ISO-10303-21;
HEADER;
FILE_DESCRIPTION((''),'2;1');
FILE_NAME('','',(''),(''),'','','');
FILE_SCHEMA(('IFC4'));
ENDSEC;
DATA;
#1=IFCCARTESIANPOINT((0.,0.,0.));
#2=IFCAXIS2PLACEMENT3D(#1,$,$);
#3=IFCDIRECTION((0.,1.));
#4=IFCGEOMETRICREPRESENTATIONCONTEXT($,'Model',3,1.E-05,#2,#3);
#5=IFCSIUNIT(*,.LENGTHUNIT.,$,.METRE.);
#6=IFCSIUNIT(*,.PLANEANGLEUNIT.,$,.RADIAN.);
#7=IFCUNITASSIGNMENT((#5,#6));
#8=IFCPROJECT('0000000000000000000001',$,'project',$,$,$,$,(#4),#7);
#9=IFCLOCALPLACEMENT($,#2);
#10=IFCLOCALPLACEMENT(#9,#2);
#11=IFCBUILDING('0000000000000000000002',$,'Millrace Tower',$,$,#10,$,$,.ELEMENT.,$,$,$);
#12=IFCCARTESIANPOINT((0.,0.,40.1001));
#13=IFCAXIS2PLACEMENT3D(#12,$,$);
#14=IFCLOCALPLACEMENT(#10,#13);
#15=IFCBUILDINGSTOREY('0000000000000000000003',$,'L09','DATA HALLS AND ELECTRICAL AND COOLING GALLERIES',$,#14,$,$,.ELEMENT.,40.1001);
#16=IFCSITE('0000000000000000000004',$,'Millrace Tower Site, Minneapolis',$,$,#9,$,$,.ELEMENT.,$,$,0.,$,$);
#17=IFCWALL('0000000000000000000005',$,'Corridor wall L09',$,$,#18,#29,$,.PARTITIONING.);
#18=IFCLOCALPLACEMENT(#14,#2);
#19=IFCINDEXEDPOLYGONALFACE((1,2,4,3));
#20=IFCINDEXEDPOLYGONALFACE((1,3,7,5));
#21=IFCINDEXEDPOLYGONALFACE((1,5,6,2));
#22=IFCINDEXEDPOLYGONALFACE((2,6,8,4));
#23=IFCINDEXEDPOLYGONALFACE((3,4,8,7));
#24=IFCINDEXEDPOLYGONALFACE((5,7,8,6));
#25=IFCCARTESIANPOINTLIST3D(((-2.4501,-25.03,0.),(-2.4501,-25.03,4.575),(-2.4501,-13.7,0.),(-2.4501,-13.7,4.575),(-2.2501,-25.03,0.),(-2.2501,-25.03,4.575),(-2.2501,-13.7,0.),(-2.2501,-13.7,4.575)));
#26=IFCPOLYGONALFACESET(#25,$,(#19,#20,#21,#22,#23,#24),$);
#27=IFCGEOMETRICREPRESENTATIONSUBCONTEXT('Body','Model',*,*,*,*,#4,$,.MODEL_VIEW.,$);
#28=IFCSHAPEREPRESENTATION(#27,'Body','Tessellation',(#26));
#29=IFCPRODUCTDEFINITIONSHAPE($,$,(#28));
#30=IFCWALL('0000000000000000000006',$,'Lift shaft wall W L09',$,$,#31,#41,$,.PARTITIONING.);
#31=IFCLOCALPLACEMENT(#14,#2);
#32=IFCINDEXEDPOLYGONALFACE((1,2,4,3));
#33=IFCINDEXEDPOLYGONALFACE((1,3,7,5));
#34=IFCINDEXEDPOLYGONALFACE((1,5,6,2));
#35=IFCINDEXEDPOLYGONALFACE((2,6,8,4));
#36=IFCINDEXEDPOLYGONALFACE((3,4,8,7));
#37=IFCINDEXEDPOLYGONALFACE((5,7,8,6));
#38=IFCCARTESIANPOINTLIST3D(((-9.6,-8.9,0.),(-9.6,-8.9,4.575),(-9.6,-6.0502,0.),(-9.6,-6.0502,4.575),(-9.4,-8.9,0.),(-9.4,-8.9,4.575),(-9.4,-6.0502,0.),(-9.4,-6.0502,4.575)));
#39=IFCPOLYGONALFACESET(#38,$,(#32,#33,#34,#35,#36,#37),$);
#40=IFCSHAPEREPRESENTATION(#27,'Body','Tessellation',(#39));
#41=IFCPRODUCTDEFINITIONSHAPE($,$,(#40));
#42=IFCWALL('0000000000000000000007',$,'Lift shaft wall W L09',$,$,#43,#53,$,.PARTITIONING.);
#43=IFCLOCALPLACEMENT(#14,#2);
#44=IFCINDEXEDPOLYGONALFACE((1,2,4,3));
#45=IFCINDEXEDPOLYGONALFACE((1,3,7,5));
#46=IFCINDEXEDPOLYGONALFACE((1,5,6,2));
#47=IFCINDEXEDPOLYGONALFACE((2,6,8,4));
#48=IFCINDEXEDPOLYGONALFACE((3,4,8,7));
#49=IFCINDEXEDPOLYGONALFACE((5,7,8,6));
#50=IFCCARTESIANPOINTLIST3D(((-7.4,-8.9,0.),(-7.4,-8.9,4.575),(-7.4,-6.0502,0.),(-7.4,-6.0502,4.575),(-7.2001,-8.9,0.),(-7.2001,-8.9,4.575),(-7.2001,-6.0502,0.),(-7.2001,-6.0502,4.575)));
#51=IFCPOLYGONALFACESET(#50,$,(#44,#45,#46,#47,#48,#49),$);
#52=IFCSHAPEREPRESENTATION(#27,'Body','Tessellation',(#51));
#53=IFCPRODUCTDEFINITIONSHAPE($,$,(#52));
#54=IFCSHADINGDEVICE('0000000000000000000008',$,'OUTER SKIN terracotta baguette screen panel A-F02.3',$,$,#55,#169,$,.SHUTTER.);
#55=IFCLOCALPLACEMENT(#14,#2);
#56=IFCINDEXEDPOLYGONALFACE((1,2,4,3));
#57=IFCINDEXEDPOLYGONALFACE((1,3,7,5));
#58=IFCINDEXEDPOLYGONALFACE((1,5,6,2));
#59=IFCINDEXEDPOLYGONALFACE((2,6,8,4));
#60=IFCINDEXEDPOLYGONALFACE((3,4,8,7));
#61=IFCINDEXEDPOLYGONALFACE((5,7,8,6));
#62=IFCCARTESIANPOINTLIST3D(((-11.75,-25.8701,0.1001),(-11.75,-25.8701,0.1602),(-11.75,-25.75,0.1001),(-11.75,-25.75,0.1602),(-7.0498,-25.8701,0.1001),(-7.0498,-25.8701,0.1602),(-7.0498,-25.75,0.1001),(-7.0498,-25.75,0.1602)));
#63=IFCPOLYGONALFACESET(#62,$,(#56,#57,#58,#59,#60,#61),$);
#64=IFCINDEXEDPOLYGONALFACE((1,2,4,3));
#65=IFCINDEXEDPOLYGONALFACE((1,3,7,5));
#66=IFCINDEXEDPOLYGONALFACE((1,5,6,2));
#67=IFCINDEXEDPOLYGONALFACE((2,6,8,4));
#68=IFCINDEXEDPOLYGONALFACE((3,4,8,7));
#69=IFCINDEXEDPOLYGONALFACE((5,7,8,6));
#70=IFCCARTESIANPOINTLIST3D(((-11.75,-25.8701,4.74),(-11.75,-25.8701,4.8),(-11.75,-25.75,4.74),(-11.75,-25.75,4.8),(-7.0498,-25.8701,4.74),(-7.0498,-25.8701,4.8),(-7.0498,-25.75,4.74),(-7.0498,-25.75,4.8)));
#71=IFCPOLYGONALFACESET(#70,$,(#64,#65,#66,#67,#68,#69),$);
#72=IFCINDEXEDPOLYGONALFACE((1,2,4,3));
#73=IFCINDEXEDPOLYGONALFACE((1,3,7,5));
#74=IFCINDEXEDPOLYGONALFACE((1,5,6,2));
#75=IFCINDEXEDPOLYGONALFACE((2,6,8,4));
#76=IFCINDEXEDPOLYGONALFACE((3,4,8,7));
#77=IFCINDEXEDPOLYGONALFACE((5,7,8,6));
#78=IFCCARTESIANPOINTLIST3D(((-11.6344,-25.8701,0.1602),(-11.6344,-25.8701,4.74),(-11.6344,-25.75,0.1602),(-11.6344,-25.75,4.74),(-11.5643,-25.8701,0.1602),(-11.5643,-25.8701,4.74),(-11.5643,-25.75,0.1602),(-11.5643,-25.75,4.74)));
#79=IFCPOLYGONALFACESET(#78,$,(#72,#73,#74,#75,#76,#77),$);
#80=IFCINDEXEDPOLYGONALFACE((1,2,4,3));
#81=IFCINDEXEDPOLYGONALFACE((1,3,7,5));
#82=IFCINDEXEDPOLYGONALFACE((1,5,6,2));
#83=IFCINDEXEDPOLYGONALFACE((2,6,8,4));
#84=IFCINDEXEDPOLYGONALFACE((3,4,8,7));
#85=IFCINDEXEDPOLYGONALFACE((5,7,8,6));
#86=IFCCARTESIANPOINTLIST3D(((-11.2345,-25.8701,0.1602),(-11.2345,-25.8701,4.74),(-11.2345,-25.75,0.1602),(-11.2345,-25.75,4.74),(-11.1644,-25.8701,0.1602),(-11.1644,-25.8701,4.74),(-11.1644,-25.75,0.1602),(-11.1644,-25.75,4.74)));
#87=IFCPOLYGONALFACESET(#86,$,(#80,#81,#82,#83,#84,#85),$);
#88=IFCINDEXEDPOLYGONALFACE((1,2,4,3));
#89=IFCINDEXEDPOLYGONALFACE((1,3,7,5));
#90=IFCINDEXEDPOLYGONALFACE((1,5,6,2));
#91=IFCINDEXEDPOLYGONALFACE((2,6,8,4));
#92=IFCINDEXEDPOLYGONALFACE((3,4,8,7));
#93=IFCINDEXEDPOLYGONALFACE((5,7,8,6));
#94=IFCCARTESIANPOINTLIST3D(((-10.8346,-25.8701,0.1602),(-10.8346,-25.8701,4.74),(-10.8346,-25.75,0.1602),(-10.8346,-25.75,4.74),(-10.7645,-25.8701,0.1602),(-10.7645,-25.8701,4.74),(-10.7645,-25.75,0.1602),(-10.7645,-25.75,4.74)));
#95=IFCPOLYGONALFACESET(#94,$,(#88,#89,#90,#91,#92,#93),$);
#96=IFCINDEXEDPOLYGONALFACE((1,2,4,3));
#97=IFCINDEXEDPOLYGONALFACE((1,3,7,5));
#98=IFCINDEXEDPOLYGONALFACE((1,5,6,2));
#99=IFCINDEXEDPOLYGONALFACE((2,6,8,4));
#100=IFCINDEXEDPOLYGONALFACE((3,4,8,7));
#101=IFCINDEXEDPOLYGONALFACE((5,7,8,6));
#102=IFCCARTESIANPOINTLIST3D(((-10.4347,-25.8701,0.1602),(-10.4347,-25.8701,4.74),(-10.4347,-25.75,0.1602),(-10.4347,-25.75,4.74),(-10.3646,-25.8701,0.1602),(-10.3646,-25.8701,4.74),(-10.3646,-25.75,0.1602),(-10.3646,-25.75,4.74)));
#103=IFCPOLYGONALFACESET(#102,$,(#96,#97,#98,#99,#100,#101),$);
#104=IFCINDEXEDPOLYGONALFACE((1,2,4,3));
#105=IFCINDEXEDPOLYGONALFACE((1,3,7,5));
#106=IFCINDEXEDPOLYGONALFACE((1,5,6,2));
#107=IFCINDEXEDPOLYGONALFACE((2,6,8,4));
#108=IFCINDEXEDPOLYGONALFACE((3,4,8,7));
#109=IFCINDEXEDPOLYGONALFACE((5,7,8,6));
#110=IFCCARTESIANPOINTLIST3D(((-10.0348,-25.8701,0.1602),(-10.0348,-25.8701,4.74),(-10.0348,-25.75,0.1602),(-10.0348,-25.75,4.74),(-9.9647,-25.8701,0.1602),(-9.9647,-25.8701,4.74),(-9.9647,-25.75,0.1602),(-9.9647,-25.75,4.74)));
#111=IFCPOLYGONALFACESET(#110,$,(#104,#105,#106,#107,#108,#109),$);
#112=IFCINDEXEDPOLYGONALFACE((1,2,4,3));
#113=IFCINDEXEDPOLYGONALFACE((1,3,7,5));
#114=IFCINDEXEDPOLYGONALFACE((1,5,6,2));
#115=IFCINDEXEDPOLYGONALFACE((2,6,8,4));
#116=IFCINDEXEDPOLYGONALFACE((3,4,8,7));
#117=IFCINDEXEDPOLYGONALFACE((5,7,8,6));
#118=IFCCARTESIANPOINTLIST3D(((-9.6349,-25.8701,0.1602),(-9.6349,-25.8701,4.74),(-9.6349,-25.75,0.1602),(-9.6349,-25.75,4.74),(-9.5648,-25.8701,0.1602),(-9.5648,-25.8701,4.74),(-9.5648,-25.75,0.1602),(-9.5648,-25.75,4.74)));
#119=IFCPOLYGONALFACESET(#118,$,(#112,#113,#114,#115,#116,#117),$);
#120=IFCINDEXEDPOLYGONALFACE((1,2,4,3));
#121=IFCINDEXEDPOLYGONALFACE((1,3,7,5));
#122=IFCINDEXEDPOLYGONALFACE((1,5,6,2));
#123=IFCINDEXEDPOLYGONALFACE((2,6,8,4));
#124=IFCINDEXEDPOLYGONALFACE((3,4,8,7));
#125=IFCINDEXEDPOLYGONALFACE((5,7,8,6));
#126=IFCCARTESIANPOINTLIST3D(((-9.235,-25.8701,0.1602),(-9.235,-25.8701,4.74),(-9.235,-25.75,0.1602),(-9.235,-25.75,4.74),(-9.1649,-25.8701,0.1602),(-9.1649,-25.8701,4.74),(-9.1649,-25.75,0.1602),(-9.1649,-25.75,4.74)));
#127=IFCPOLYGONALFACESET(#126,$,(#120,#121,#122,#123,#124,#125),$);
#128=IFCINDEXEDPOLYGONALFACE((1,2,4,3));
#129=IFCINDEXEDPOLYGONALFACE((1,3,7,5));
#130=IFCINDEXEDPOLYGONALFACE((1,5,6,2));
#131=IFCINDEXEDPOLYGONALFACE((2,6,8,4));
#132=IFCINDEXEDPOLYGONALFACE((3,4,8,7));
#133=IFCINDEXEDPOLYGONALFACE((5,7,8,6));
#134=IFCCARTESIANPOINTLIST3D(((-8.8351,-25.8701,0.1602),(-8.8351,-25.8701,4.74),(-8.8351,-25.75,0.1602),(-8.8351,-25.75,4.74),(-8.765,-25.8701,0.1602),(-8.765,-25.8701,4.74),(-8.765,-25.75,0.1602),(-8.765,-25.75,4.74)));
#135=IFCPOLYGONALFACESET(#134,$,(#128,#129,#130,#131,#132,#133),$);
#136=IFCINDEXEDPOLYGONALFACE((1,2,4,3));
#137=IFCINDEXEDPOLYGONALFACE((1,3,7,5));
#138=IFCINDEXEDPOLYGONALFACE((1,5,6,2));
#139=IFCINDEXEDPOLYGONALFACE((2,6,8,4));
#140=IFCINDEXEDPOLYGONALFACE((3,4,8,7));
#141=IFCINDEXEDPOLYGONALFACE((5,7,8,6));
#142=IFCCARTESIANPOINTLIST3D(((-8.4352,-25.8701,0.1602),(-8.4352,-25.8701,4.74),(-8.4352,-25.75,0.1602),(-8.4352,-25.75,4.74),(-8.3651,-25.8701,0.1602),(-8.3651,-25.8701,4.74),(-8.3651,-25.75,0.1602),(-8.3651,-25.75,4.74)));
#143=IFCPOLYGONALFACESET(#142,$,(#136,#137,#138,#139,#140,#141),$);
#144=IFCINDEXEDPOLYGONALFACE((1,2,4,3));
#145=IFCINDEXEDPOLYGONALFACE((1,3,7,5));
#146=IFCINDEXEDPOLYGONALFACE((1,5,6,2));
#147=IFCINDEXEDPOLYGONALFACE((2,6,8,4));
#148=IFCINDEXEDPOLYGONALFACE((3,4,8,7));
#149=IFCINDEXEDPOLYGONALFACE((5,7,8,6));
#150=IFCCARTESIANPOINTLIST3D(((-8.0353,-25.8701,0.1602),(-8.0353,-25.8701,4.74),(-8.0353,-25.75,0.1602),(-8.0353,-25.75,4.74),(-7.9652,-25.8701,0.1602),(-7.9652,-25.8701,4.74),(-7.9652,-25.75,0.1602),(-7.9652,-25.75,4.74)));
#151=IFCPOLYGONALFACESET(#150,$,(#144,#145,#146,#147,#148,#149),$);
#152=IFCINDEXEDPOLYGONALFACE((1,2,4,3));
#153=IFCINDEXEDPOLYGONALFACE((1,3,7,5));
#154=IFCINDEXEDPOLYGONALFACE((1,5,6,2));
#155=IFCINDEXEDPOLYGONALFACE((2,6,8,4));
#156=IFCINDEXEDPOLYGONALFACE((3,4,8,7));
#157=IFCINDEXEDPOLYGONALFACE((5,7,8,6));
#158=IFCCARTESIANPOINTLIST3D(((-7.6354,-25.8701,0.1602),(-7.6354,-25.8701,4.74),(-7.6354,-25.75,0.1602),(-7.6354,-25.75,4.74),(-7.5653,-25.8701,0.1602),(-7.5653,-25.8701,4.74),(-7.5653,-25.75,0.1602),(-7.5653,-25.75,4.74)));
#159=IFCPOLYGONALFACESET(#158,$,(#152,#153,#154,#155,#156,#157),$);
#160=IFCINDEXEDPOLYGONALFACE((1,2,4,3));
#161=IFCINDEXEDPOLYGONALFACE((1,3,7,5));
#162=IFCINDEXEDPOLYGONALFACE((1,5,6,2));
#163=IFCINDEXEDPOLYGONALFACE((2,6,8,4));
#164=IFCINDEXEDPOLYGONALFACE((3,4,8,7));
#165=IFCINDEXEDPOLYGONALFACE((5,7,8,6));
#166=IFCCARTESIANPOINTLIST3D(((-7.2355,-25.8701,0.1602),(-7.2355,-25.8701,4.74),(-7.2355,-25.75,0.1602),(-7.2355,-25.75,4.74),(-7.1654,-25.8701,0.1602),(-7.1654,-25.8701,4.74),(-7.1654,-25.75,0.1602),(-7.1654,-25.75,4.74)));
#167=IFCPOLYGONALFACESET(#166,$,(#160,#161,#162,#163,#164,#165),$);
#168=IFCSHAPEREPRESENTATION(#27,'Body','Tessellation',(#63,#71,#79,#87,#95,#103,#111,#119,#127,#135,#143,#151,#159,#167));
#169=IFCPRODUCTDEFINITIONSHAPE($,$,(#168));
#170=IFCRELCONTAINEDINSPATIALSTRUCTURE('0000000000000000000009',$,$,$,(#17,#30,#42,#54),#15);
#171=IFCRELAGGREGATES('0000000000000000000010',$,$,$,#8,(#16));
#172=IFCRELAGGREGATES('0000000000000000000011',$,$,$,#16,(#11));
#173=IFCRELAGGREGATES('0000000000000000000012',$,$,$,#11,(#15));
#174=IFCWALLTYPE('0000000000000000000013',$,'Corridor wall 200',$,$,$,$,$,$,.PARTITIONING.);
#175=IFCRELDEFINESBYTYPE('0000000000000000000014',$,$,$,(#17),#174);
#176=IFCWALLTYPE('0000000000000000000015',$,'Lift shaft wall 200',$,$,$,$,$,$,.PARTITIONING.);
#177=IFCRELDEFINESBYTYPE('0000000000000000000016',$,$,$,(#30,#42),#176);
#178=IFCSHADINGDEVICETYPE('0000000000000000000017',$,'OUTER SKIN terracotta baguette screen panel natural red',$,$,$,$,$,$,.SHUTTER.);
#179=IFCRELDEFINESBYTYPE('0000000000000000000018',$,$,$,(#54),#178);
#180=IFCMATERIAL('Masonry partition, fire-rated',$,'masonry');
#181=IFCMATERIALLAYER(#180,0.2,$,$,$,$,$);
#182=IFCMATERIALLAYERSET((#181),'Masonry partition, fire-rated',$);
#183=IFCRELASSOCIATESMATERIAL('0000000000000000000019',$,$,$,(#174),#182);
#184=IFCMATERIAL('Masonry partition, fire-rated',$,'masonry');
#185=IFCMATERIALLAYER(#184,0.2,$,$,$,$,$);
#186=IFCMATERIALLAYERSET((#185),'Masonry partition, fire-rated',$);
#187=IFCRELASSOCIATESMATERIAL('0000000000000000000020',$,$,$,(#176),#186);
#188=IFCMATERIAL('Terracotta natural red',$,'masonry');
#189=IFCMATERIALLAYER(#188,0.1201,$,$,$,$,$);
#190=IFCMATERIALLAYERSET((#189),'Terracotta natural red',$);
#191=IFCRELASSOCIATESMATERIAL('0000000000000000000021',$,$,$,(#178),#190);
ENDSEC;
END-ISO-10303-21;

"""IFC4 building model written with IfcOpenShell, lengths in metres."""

from ifc_helpers import new_model, entity, si_unit, direction, frame, frame_2d, origin, place, context, subcontext, project, spatial, rectangle, extrude, source, transform, mapped, material, layer, layer_set, type_object, element, save


model = new_model("IFC4")

# Units and contexts
model_context = context("Model", 3, precision=1e-05, world=origin(), true_north=direction((0.0, 1.0)))
body_context = subcontext(model_context, "Body", "Model", "MODEL_VIEW")
ifc_project = project(units=[si_unit("LENGTHUNIT", "METRE"), si_unit("PLANEANGLEUNIT", "RADIAN")], contexts=[model_context])

# Site, building, storey
site_placement = place(None, origin())
site = spatial("IfcSite", under=ifc_project, at=site_placement, Name="Millrace Tower Site, Minneapolis", CompositionType="ELEMENT", RefElevation=0.0)
building_placement = place(site_placement, origin())
building = spatial("IfcBuilding", under=site, at=building_placement, Name="Millrace Tower", CompositionType="ELEMENT")
storey_placement = place(building_placement, frame((0.0, 0.0, 40.1001)))
storey = spatial("IfcBuildingStorey", under=building, at=storey_placement, Name="L09", Description="DATA HALLS AND ELECTRICAL AND COOLING GALLERIES", CompositionType="ELEMENT", Elevation=40.1001)

# Walls
ifc_material_1 = material(Name="Masonry partition, fire-rated", Category="masonry")
ifc_layer_1 = layer(ifc_material_1, 0.2)
ifc_layer_set_1 = layer_set([ifc_layer_1], Name="Masonry partition, fire-rated")
wall_type_1 = type_object("IfcWallType", Name="Corridor wall 200", PredefinedType="PARTITIONING", material=ifc_layer_set_1)
wall_1_placement = place(storey_placement, frame((-2.3501, -25.03, 0.0), z_axis=(0.0, 0.0, 1.0), x_axis=(0.0, 1.0, 0.0)))
element("IfcWall", 1, at=wall_1_placement, inside=storey, type_object=wall_type_1, Name="Corridor wall L09", PredefinedType="PARTITIONING", context=body_context, shape_type="SweptSolid", body=[
    extrude(rectangle(XDim=11.3301, YDim=0.2, at=frame_2d((5.665, 0.0))), origin(), (0.0, 0.0, 1.0), 4.575),
])
ifc_material_2 = material(Name="Masonry partition, fire-rated", Category="masonry")
ifc_layer_2 = layer(ifc_material_2, 0.2)
ifc_layer_set_2 = layer_set([ifc_layer_2], Name="Masonry partition, fire-rated")
wall_type_2 = type_object("IfcWallType", Name="Lift shaft wall 200", PredefinedType="PARTITIONING", material=ifc_layer_set_2)
for number, where, z_axis, x_axis, name in (
    (2, (-9.5, -8.8999, 0.0), (0.0, 0.0, 1.0), (0.0, 1.0, 0.0), "Lift shaft wall W L09"),
    (3, (-7.3, -8.8999, 0.0), (0.0, 0.0, 1.0), (0.0, 1.0, 0.0), "Lift shaft wall W L09"),
):
    element("IfcWall", number, at=place(storey_placement, frame(where, z_axis=z_axis, x_axis=x_axis)), inside=storey, type_object=wall_type_2, Name=name, PredefinedType="PARTITIONING", context=body_context, shape_type="SweptSolid", body=[
        extrude(rectangle(XDim=2.8499, YDim=0.2, at=frame_2d((1.4248, 0.0))), origin(), (0.0, 0.0, 1.0), 4.575),
    ])

# Shading device
cartesian_point = entity("IfcCartesianPoint", [-2.3501, 0.0601])
shared_polyline = entity("IfcPolyline", [cartesian_point, entity("IfcCartesianPoint", [2.3501, 0.0601]), entity("IfcCartesianPoint", [2.3501, -0.0601]), entity("IfcCartesianPoint", [-2.3501, -0.0601]), cartesian_point])
ifc_material_3 = material(Name="Terracotta natural red", Category="masonry")
ifc_layer_3 = layer(ifc_material_3, 0.1201)
ifc_layer_set_3 = layer_set([ifc_layer_3], Name="Terracotta natural red")
shading_device_type_1 = type_object("IfcShadingDeviceType", Name="OUTER SKIN terracotta baguette screen panel natural red", PredefinedType="SHUTTER", material=ifc_layer_set_3)
shared_shape_1 = source(origin(), body_context, "Body", "SweptSolid", [
    entity("IfcExtrudedAreaSolid", entity("IfcArbitraryClosedProfileDef", "AREA", None, shared_polyline), entity("IfcAxis2Placement3D", entity("IfcCartesianPoint", [0.0, 0.0, 0.0])), entity("IfcDirection", [0.0, 0.0, 1.0]), 0.0601),
    entity("IfcExtrudedAreaSolid", entity("IfcArbitraryClosedProfileDef", "AREA", None, shared_polyline), entity("IfcAxis2Placement3D", entity("IfcCartesianPoint", [0.0, 0.0, 4.6399])), entity("IfcDirection", [0.0, 0.0, 1.0]), 0.0601),
    extrude(rectangle(XDim=0.0701, YDim=0.1201, at=frame_2d((-2.1995, 0.0))), frame((0.0, 0.0, 0.0601)), (0.0, 0.0, 1.0), 4.5798),
    extrude(rectangle(XDim=0.0701, YDim=0.1201, at=frame_2d((-1.7996, 0.0))), frame((0.0, 0.0, 0.0601)), (0.0, 0.0, 1.0), 4.5798),
    extrude(rectangle(XDim=0.0701, YDim=0.1201, at=frame_2d((-1.3997, 0.0))), frame((0.0, 0.0, 0.0601)), (0.0, 0.0, 1.0), 4.5798),
    extrude(rectangle(XDim=0.0701, YDim=0.1201, at=frame_2d((-0.9998, 0.0))), frame((0.0, 0.0, 0.0601)), (0.0, 0.0, 1.0), 4.5798),
    extrude(rectangle(XDim=0.0701, YDim=0.1201, at=frame_2d((-0.5999, 0.0))), frame((0.0, 0.0, 0.0601)), (0.0, 0.0, 1.0), 4.5798),
    extrude(rectangle(XDim=0.0701, YDim=0.1201, at=frame_2d((-0.2, 0.0))), frame((0.0, 0.0, 0.0601)), (0.0, 0.0, 1.0), 4.5798),
    extrude(rectangle(XDim=0.0701, YDim=0.1201, at=frame_2d((0.2, 0.0))), frame((0.0, 0.0, 0.0601)), (0.0, 0.0, 1.0), 4.5798),
    extrude(rectangle(XDim=0.0701, YDim=0.1201, at=frame_2d((0.5999, 0.0))), frame((0.0, 0.0, 0.0601)), (0.0, 0.0, 1.0), 4.5798),
    extrude(rectangle(XDim=0.0701, YDim=0.1201, at=frame_2d((0.9998, 0.0))), frame((0.0, 0.0, 0.0601)), (0.0, 0.0, 1.0), 4.5798),
    extrude(rectangle(XDim=0.0701, YDim=0.1201, at=frame_2d((1.3997, 0.0))), frame((0.0, 0.0, 0.0601)), (0.0, 0.0, 1.0), 4.5798),
    extrude(rectangle(XDim=0.0701, YDim=0.1201, at=frame_2d((1.7996, 0.0))), frame((0.0, 0.0, 0.0601)), (0.0, 0.0, 1.0), 4.5798),
    extrude(rectangle(XDim=0.0701, YDim=0.1201, at=frame_2d((2.1995, 0.0))), frame((0.0, 0.0, 0.0601)), (0.0, 0.0, 1.0), 4.5798),
])
for number, where, z_axis, x_axis, name in (
    (4, (-9.3999, -25.8101, 0.1001), (0.0, 0.0, 1.0), (1.0, 0.0, 0.0), "OUTER SKIN terracotta baguette screen panel A-F02.3"),
):
    element("IfcShadingDevice", number, at=place(storey_placement, frame(where, z_axis=z_axis, x_axis=x_axis)), inside=storey, type_object=shading_device_type_1, Name=name, PredefinedType="SHUTTER", context=body_context, shape_type="MappedRepresentation", body=[
        mapped(shared_shape_1, transform((0.0, 0.0, 0.0), scale=1.0)),
    ])

save(model, "model.ifc")
